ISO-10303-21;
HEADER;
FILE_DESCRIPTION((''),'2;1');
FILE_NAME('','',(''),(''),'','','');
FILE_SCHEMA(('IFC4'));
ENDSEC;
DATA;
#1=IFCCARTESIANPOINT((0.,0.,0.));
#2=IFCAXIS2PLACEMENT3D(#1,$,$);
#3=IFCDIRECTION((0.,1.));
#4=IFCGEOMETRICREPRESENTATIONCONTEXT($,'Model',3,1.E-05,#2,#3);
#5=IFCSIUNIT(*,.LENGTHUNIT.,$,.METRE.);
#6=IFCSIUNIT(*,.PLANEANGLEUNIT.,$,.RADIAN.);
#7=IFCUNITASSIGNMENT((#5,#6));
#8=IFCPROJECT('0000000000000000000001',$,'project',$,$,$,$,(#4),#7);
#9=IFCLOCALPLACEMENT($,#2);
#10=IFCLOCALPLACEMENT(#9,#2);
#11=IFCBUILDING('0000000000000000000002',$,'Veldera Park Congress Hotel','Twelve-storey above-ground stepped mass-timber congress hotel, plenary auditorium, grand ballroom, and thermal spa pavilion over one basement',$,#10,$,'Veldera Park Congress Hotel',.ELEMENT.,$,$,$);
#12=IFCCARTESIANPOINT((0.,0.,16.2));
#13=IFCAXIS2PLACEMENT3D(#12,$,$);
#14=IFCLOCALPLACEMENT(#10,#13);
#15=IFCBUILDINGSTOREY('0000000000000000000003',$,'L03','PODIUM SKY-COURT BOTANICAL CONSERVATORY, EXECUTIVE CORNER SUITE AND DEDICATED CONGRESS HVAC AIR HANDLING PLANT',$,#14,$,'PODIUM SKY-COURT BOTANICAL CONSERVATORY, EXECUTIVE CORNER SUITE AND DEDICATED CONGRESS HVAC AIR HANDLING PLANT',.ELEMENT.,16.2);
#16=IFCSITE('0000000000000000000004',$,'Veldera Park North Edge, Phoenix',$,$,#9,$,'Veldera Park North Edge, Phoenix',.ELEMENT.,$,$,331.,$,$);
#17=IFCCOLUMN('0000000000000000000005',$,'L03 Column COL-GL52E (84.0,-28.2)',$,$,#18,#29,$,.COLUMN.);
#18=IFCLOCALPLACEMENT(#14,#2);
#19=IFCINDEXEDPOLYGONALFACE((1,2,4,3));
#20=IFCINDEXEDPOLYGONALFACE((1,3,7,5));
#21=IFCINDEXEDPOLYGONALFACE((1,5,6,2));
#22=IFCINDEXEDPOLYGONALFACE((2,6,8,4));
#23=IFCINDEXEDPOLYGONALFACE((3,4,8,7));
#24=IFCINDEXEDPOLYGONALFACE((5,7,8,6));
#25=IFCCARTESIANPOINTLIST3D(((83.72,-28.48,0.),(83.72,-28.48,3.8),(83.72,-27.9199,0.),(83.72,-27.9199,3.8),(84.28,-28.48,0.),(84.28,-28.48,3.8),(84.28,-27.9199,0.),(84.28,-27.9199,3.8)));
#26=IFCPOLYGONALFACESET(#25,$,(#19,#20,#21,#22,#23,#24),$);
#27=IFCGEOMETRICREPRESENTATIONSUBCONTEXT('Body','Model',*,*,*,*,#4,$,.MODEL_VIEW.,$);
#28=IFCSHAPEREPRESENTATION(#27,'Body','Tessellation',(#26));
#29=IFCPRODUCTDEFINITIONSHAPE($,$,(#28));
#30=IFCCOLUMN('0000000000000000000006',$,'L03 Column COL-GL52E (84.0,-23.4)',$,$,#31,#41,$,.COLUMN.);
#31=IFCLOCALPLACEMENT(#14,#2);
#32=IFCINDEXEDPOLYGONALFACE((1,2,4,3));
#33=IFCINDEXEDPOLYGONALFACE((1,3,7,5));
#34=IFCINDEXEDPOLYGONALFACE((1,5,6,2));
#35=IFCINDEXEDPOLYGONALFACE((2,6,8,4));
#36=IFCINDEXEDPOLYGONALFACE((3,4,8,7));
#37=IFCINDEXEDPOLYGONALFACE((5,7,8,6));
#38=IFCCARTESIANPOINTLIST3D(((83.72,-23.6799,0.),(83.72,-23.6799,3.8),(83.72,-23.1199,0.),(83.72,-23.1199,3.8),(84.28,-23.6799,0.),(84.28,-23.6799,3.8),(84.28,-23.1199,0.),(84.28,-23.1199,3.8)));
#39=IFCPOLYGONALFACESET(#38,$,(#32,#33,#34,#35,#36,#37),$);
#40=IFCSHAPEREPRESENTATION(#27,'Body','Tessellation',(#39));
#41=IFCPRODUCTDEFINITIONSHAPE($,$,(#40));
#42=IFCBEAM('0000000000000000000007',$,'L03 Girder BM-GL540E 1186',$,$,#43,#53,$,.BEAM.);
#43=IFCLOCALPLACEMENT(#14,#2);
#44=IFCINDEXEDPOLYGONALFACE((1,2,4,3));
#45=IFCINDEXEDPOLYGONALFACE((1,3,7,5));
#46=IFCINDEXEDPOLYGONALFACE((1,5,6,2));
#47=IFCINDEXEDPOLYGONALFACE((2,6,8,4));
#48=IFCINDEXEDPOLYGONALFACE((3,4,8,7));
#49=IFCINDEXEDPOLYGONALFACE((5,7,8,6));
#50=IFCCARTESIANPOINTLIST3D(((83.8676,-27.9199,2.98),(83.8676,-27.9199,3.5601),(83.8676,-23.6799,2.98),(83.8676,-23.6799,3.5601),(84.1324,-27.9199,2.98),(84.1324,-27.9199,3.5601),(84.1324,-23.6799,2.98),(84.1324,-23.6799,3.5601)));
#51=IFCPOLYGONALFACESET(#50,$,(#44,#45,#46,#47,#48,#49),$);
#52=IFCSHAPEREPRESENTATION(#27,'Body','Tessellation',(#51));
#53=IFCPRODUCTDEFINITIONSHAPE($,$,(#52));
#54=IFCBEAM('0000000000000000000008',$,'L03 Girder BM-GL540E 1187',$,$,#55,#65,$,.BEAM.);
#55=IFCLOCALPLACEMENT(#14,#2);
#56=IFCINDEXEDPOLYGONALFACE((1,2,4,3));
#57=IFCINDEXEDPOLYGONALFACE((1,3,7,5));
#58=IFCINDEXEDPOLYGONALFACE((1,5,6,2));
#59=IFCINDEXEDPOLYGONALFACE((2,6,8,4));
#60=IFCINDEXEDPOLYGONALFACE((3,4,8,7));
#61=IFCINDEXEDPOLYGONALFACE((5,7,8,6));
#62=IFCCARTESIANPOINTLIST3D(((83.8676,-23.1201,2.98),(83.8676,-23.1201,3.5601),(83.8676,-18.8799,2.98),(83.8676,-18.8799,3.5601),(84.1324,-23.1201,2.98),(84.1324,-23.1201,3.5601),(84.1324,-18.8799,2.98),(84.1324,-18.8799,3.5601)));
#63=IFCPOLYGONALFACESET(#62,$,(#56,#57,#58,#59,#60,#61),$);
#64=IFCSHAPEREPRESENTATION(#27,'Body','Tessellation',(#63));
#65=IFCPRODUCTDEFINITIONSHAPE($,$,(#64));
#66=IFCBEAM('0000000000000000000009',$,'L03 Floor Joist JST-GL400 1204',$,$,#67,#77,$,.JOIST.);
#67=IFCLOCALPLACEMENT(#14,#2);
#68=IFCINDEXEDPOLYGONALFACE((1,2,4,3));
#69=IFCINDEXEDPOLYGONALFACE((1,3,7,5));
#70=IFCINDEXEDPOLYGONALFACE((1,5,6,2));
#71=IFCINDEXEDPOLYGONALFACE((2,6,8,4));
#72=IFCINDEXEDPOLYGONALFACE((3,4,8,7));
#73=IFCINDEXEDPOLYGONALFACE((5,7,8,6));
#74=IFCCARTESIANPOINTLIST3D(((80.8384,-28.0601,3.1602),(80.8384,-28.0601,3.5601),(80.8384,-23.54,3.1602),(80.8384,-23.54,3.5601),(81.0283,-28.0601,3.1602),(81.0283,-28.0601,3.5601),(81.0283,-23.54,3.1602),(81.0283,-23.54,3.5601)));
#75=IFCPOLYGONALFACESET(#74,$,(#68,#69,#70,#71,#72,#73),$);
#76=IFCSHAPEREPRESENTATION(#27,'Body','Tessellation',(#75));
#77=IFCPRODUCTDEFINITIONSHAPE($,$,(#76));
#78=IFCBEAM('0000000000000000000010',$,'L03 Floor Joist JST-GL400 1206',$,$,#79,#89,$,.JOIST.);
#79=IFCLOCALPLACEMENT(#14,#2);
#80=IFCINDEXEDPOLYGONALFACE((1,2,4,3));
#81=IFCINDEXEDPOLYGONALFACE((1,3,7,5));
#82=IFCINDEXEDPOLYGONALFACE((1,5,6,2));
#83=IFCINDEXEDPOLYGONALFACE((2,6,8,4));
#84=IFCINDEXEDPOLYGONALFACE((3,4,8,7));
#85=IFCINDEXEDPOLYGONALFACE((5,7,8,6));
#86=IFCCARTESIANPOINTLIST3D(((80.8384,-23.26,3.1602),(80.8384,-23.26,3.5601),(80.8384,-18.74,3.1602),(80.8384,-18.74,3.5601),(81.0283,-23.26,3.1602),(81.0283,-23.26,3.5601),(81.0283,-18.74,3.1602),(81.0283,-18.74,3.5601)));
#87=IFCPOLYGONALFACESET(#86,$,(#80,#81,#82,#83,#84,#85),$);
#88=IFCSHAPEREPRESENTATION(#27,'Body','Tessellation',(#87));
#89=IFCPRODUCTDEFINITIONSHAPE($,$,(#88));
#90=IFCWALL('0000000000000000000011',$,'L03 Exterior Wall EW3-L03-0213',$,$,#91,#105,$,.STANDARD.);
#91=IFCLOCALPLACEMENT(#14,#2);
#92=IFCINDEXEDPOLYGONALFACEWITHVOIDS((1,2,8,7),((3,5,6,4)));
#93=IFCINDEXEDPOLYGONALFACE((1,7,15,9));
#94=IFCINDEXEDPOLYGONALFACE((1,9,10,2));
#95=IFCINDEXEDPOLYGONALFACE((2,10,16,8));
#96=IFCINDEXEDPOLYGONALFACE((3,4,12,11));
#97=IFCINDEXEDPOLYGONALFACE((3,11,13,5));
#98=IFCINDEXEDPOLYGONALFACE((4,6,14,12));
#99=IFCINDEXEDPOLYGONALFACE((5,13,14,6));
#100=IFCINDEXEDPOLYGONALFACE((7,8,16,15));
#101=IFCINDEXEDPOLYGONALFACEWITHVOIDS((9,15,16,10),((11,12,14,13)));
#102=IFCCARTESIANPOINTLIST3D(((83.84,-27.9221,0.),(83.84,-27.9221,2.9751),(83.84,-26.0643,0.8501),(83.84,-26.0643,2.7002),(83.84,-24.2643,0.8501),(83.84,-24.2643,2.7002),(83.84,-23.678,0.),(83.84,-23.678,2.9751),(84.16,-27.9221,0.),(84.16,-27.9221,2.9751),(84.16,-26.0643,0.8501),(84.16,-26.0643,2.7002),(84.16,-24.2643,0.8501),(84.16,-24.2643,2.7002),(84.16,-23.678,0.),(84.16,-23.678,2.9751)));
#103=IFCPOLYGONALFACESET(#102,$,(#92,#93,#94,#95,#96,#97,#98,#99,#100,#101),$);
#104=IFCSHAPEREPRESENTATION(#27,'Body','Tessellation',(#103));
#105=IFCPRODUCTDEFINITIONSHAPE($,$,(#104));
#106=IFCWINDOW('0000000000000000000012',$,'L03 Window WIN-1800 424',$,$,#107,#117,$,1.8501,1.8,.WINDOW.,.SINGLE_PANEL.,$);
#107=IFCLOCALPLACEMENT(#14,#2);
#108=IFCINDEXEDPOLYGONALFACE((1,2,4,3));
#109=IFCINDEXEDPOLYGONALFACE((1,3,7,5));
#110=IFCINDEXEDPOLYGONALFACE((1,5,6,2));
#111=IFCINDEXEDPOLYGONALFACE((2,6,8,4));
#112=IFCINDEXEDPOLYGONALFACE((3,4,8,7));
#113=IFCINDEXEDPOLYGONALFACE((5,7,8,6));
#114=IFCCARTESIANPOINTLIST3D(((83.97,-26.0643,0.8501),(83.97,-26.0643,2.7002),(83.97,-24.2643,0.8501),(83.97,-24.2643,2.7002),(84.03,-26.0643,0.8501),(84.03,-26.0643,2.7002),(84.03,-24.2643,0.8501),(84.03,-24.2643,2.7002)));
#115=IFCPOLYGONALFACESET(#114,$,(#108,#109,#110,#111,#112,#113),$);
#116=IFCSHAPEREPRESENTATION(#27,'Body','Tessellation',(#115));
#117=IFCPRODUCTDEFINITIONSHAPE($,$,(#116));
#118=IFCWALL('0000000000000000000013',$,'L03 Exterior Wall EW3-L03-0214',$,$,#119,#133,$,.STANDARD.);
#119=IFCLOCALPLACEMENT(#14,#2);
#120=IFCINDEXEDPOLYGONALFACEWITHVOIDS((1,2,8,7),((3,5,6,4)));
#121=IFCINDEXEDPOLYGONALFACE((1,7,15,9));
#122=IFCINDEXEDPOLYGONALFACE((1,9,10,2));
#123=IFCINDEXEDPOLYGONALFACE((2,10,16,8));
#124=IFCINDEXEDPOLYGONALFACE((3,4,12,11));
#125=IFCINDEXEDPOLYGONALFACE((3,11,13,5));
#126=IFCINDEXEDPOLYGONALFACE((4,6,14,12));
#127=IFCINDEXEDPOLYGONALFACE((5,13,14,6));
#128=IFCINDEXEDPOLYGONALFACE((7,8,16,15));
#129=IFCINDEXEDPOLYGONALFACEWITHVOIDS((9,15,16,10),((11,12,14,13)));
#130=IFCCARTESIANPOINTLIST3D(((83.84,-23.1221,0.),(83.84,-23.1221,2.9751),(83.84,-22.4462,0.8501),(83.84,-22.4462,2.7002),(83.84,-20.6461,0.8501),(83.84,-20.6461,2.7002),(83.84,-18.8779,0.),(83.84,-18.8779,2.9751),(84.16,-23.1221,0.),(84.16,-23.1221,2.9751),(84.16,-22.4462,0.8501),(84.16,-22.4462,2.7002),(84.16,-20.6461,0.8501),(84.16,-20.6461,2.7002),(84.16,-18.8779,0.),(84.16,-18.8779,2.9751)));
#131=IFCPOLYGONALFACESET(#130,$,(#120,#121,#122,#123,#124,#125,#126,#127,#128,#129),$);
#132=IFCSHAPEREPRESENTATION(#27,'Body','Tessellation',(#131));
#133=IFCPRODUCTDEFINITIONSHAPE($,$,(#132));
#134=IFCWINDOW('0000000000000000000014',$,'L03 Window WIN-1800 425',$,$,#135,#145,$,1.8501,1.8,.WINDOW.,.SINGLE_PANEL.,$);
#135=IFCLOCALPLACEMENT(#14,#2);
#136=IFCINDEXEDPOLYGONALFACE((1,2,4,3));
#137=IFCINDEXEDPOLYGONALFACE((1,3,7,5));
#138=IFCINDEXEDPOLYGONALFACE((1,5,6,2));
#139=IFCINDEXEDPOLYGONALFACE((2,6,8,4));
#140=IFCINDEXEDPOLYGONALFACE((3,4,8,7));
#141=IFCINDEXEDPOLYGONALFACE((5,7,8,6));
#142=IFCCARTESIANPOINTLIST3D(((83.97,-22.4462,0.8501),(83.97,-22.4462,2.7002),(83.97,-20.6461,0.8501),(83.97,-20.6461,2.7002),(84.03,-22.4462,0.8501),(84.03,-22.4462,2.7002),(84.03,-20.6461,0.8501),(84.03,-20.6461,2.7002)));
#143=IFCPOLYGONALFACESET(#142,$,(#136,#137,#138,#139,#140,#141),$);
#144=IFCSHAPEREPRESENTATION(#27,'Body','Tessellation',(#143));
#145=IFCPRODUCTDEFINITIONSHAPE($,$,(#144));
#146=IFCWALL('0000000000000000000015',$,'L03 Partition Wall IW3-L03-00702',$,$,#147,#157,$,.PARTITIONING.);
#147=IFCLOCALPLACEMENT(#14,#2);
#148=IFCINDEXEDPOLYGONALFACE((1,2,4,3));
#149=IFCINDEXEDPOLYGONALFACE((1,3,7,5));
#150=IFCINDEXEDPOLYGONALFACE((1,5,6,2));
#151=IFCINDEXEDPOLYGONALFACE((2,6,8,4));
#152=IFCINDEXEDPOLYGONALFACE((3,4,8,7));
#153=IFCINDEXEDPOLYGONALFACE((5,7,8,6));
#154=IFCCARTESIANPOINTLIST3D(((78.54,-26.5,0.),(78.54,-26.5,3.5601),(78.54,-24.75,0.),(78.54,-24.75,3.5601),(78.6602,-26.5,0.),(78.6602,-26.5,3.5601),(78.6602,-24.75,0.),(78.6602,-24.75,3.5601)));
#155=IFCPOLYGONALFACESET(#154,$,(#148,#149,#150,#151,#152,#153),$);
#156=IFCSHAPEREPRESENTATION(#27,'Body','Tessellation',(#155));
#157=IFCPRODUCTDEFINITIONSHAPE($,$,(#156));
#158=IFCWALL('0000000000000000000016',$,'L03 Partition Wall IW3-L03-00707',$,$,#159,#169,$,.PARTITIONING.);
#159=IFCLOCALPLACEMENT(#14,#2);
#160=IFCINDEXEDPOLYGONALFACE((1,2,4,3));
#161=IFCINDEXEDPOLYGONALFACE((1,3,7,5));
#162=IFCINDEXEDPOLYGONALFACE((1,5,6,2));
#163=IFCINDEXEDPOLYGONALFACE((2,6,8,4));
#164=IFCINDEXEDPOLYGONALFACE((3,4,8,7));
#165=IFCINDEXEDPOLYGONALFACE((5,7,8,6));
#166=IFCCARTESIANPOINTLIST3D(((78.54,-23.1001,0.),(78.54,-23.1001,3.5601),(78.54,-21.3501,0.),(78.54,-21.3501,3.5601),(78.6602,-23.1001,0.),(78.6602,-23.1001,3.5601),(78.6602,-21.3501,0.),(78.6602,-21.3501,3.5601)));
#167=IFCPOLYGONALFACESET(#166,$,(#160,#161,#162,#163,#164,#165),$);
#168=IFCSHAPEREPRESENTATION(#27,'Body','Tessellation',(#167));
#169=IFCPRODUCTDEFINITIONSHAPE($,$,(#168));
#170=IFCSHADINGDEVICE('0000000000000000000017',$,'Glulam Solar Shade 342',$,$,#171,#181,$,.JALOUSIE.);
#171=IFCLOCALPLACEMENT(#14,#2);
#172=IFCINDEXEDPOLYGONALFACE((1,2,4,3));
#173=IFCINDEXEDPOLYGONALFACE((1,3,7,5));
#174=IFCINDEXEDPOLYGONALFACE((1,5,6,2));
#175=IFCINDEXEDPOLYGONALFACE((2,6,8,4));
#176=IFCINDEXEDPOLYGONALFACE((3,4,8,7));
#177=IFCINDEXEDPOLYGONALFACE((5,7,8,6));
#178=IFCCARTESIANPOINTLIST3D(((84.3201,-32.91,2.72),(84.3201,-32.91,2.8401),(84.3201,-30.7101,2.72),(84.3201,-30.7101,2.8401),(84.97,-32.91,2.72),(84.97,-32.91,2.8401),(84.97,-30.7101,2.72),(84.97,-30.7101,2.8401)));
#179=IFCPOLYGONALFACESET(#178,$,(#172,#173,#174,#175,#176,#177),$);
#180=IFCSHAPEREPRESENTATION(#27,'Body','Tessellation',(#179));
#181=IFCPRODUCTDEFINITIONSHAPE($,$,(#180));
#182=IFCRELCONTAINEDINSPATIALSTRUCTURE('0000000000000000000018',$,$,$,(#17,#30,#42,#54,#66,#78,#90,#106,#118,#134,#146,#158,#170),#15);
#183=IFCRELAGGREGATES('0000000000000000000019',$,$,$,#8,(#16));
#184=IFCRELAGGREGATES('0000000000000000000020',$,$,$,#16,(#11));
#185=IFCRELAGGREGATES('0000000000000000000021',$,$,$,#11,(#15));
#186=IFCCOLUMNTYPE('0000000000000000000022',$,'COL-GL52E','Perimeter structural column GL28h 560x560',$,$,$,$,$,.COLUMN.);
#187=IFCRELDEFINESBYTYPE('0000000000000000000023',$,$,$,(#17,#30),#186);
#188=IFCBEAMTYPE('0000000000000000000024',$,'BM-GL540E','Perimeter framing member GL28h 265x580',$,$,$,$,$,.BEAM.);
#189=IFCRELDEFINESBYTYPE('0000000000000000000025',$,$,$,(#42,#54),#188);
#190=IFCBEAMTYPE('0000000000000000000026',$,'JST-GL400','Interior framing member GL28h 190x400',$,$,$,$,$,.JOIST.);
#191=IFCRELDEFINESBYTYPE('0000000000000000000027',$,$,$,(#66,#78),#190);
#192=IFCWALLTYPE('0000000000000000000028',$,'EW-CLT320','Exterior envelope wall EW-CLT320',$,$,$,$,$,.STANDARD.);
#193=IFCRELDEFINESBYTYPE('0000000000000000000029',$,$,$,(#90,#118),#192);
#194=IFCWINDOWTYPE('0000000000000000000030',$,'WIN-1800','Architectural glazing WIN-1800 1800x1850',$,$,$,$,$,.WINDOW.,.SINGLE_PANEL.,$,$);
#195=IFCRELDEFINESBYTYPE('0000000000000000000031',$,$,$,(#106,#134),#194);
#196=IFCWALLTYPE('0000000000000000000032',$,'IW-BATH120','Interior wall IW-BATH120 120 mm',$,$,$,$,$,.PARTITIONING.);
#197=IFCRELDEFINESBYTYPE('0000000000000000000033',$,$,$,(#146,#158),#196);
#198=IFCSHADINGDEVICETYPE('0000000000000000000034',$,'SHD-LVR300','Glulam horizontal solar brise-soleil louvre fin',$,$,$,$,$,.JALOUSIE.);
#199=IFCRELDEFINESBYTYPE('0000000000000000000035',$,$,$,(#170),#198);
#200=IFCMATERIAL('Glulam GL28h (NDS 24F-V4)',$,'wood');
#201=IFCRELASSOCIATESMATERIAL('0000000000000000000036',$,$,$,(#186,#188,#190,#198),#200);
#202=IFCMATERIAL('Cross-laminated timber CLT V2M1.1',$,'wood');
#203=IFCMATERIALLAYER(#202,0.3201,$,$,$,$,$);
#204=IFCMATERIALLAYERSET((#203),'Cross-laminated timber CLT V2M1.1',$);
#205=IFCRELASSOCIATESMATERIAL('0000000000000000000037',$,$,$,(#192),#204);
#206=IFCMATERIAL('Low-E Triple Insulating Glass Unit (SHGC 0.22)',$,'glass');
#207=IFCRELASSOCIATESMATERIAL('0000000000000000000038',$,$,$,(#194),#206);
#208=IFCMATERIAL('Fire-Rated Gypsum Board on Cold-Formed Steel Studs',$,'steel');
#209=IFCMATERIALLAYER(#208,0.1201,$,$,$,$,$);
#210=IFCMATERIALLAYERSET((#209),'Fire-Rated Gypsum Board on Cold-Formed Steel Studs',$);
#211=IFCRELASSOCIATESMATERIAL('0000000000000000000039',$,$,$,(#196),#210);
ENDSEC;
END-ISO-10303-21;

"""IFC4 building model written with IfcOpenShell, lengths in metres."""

from ifc_helpers import new_model, si_unit, direction, frame, frame_2d, origin, origin_2d, place, context, subcontext, project, spatial, rectangle, extrude, material, layer, layer_set, material_profile, profile_set, type_object, element, fill, save


model = new_model("IFC4")

# Units and contexts
model_context = context("Model", 3, precision=1e-05, world=origin(), true_north=direction((0.0, 1.0)))
body_context = subcontext(model_context, "Body", "Model", "MODEL_VIEW")
ifc_project = project(units=[si_unit("LENGTHUNIT", "METRE"), si_unit("PLANEANGLEUNIT", "RADIAN")], contexts=[model_context])

# Site, building, storey
site_placement = place(None, origin())
site = spatial("IfcSite", under=ifc_project, at=site_placement, Name="Veldera Park North Edge, Phoenix", LongName="Veldera Park North Edge, Phoenix", CompositionType="ELEMENT", RefElevation=331.0)
building_placement = place(site_placement, origin())
building = spatial("IfcBuilding", under=site, at=building_placement, Name="Veldera Park Congress Hotel", Description="Twelve-storey above-ground stepped mass-timber congress hotel, plenary auditorium, grand ballroom, and thermal spa pavilion over one basement", LongName="Veldera Park Congress Hotel", CompositionType="ELEMENT")
storey_placement = place(building_placement, frame((0.0, 0.0, 16.2)))
storey = spatial("IfcBuildingStorey", under=building, at=storey_placement, Name="L03", Description="PODIUM SKY-COURT BOTANICAL CONSERVATORY, EXECUTIVE CORNER SUITE AND DEDICATED CONGRESS HVAC AIR HANDLING PLANT", LongName="PODIUM SKY-COURT BOTANICAL CONSERVATORY, EXECUTIVE CORNER SUITE AND DEDICATED CONGRESS HVAC AIR HANDLING PLANT", CompositionType="ELEMENT", Elevation=16.2)

# Columns
ifc_material_1 = material(Name="Glulam GL28h (NDS 24F-V4)", Category="wood")
ifc_material_profile_1 = material_profile(ifc_material_1, rectangle(XDim=0.5601, YDim=0.5601, at=origin_2d()), Name="GL28h 560x560")
ifc_profile_set_1 = profile_set([ifc_material_profile_1], Name="Glulam GL28h (NDS 24F-V4)")
column_type = type_object("IfcColumnType", Name="COL-GL52E", Description="Perimeter structural column GL28h 560x560", PredefinedType="COLUMN", material=ifc_profile_set_1)
for number, where, z_axis, x_axis, name in (
    (1, (84.0, -28.2, 0.0), (0.0, 0.0, 1.0), (1.0, 0.0, 0.0), "L03 Column COL-GL52E (84.0,-28.2)"),
    (2, (84.0, -23.3999, 0.0), (0.0, 0.0, 1.0), (1.0, 0.0, 0.0), "L03 Column COL-GL52E (84.0,-23.4)"),
):
    element("IfcColumn", number, at=place(storey_placement, frame(where, z_axis=z_axis, x_axis=x_axis)), inside=storey, type_object=column_type, Name=name, PredefinedType="COLUMN", context=body_context, shape_type="SweptSolid", body=[
        extrude(rectangle(XDim=0.5601, YDim=0.5601, at=origin_2d()), origin(), (0.0, 0.0, 1.0), 3.8),
    ])

# Beams
ifc_material_profile_2 = material_profile(ifc_material_1, rectangle(XDim=0.2649, YDim=0.5801, at=origin_2d()), Name="GL28h 265x580")
ifc_profile_set_2 = profile_set([ifc_material_profile_2], Name="Glulam GL28h (NDS 24F-V4)")
beam_type_1 = type_object("IfcBeamType", Name="BM-GL540E", Description="Perimeter framing member GL28h 265x580", PredefinedType="BEAM", material=ifc_profile_set_2)
beam_1_placement = place(storey_placement, frame((84.0, -27.9199, 3.27), z_axis=(0.0, 1.0, 0.0), x_axis=(-1.0, 0.0, 0.0)))
element("IfcBeam", 3, at=beam_1_placement, inside=storey, type_object=beam_type_1, Name="L03 Girder BM-GL540E 1186", PredefinedType="BEAM", context=body_context, shape_type="SweptSolid", body=[
    extrude(rectangle(XDim=0.2649, YDim=0.5801, at=origin_2d()), origin(), (0.0, 0.0, 1.0), 4.24),
])
beam_2_placement = place(storey_placement, frame((84.0, -23.1201, 3.27), z_axis=(0.0, 1.0, 0.0), x_axis=(-1.0, 0.0, 0.0)))
element("IfcBeam", 4, at=beam_2_placement, inside=storey, type_object=beam_type_1, Name="L03 Girder BM-GL540E 1187", PredefinedType="BEAM", context=body_context, shape_type="SweptSolid", body=[
    extrude(rectangle(XDim=0.2649, YDim=0.5801, at=origin_2d()), origin(), (0.0, 0.0, 1.0), 4.2402),
])
ifc_material_profile_3 = material_profile(ifc_material_1, rectangle(XDim=0.1899, YDim=0.3999, at=origin_2d()), Name="GL28h 190x400")
ifc_profile_set_3 = profile_set([ifc_material_profile_3], Name="Glulam GL28h (NDS 24F-V4)")
beam_type_2 = type_object("IfcBeamType", Name="JST-GL400", Description="Interior framing member GL28h 190x400", PredefinedType="JOIST", material=ifc_profile_set_3)
for number, where, z_axis, x_axis, name in (
    (5, (80.9333, -28.0601, 3.3601), (0.0, 1.0, 0.0), (-1.0, 0.0, 0.0), "L03 Floor Joist JST-GL400 1204"),
    (6, (80.9333, -23.26, 3.3601), (0.0, 1.0, 0.0), (-1.0, 0.0, 0.0), "L03 Floor Joist JST-GL400 1206"),
):
    element("IfcBeam", number, at=place(storey_placement, frame(where, z_axis=z_axis, x_axis=x_axis)), inside=storey, type_object=beam_type_2, Name=name, PredefinedType="JOIST", context=body_context, shape_type="SweptSolid", body=[
        extrude(rectangle(XDim=0.1899, YDim=0.3999, at=origin_2d()), origin(), (0.0, 0.0, 1.0), 4.52),
    ])

# Walls, openings, windows
ifc_material_2 = material(Name="Cross-laminated timber CLT V2M1.1", Category="wood")
ifc_layer_1 = layer(ifc_material_2, 0.3201)
ifc_layer_set_1 = layer_set([ifc_layer_1], Name="Cross-laminated timber CLT V2M1.1")
wall_type_1 = type_object("IfcWallType", Name="EW-CLT320", Description="Exterior envelope wall EW-CLT320", PredefinedType="STANDARD", material=ifc_layer_set_1)
wall_1_placement = place(storey_placement, frame((84.0, -27.9221, 0.0), z_axis=(0.0, 0.0, 1.0), x_axis=(0.0, 1.0, 0.0)))
wall_1 = element("IfcWall", 7, at=wall_1_placement, inside=storey, type_object=wall_type_1, Name="L03 Exterior Wall EW3-L03-0213", PredefinedType="STANDARD", context=body_context, shape_type="SweptSolid", body=[
    extrude(rectangle(XDim=4.2441, YDim=0.3201, at=frame_2d((2.1221, 0.0))), origin(), (0.0, 0.0, 1.0), 2.9751),
])
opening_1_placement = place(wall_1_placement, frame((1.8579, 0.0, 0.8501)))
opening_1 = element("IfcOpeningElement", 8, at=opening_1_placement, cuts=wall_1, PredefinedType="OPENING", context=body_context, shape_type="SweptSolid", body=[
    extrude(rectangle(XDim=1.8, YDim=1.8501, at=frame_2d((0.8999, 0.925))), frame((0.0, 0.1721, 0.0), z_axis=(0.0, -1.0, 0.0), x_axis=(1.0, 0.0, 0.0)), (0.0, 0.0, 1.0), 0.344),
])
ifc_material_3 = material(Name="Low-E Triple Insulating Glass Unit (SHGC 0.22)", Category="glass")
window_type = type_object("IfcWindowType", Name="WIN-1800", Description="Architectural glazing WIN-1800 1800x1850", PartitioningType="SINGLE_PANEL", PredefinedType="WINDOW", material=ifc_material_3)
window_1_placement = place(opening_1_placement, origin())
window_1 = element("IfcWindow", 9, at=window_1_placement, inside=storey, type_object=window_type, Name="L03 Window WIN-1800 424", OverallHeight=1.8501, OverallWidth=1.8, PartitioningType="SINGLE_PANEL", PredefinedType="WINDOW", context=body_context, shape_type="SweptSolid", body=[
    extrude(rectangle(XDim=1.8, YDim=1.8501, at=frame_2d((0.8999, 0.925))), frame((0.0, 0.03, 0.0), z_axis=(0.0, -1.0, 0.0), x_axis=(1.0, 0.0, 0.0)), (0.0, 0.0, 1.0), 0.0601),
])
fill(opening_1, window_1)
wall_2_placement = place(storey_placement, frame((84.0, -23.1221, 0.0), z_axis=(0.0, 0.0, 1.0), x_axis=(0.0, 1.0, 0.0)))
wall_2 = element("IfcWall", 10, at=wall_2_placement, inside=storey, type_object=wall_type_1, Name="L03 Exterior Wall EW3-L03-0214", PredefinedType="STANDARD", context=body_context, shape_type="SweptSolid", body=[
    extrude(rectangle(XDim=4.2441, YDim=0.3201, at=frame_2d((2.1221, 0.0))), origin(), (0.0, 0.0, 1.0), 2.9751),
])
opening_2_placement = place(wall_2_placement, frame((0.676, 0.0, 0.8501)))
opening_2 = element("IfcOpeningElement", 11, at=opening_2_placement, cuts=wall_2, PredefinedType="OPENING", context=body_context, shape_type="SweptSolid", body=[
    extrude(rectangle(XDim=1.8, YDim=1.8501, at=frame_2d((0.8999, 0.925))), frame((0.0, 0.1721, 0.0), z_axis=(0.0, -1.0, 0.0), x_axis=(1.0, 0.0, 0.0)), (0.0, 0.0, 1.0), 0.344),
])
window_2_placement = place(opening_2_placement, origin())
window_2 = element("IfcWindow", 12, at=window_2_placement, inside=storey, type_object=window_type, Name="L03 Window WIN-1800 425", OverallHeight=1.8501, OverallWidth=1.8, PartitioningType="SINGLE_PANEL", PredefinedType="WINDOW", context=body_context, shape_type="SweptSolid", body=[
    extrude(rectangle(XDim=1.8, YDim=1.8501, at=frame_2d((0.8999, 0.925))), frame((0.0, 0.03, 0.0), z_axis=(0.0, -1.0, 0.0), x_axis=(1.0, 0.0, 0.0)), (0.0, 0.0, 1.0), 0.0601),
])
fill(opening_2, window_2)

# Walls
ifc_material_4 = material(Name="Fire-Rated Gypsum Board on Cold-Formed Steel Studs", Category="steel")
ifc_layer_2 = layer(ifc_material_4, 0.1201)
ifc_layer_set_2 = layer_set([ifc_layer_2], Name="Fire-Rated Gypsum Board on Cold-Formed Steel Studs")
wall_type_2 = type_object("IfcWallType", Name="IW-BATH120", Description="Interior wall IW-BATH120 120 mm", PredefinedType="PARTITIONING", material=ifc_layer_set_2)
for number, where, z_axis, x_axis, name in (
    (13, (78.6001, -26.5, 0.0), (0.0, 0.0, 1.0), (0.0, 1.0, 0.0), "L03 Partition Wall IW3-L03-00702"),
    (14, (78.6001, -23.1001, 0.0), (0.0, 0.0, 1.0), (0.0, 1.0, 0.0), "L03 Partition Wall IW3-L03-00707"),
):
    element("IfcWall", number, at=place(storey_placement, frame(where, z_axis=z_axis, x_axis=x_axis)), inside=storey, type_object=wall_type_2, Name=name, PredefinedType="PARTITIONING", context=body_context, shape_type="SweptSolid", body=[
        extrude(rectangle(XDim=1.75, YDim=0.1201, at=frame_2d((0.875, 0.0))), origin(), (0.0, 0.0, 1.0), 3.5601),
    ])

# Shading device
shading_device_type = type_object("IfcShadingDeviceType", Name="SHD-LVR300", Description="Glulam horizontal solar brise-soleil louvre fin", PredefinedType="JALOUSIE", material=ifc_material_1)
shading_device_1_placement = place(storey_placement, frame((84.645, -31.8101, 2.72), z_axis=(0.0, 0.0, 1.0), x_axis=(0.0, 1.0, 0.0)))
element("IfcShadingDevice", 15, at=shading_device_1_placement, inside=storey, type_object=shading_device_type, Name="Glulam Solar Shade 342", PredefinedType="JALOUSIE", context=body_context, shape_type="SweptSolid", body=[
    extrude(rectangle(XDim=2.2, YDim=0.6499, at=origin_2d()), origin(), (0.0, 0.0, 1.0), 0.1201),
])

save(model, "model.ifc")
